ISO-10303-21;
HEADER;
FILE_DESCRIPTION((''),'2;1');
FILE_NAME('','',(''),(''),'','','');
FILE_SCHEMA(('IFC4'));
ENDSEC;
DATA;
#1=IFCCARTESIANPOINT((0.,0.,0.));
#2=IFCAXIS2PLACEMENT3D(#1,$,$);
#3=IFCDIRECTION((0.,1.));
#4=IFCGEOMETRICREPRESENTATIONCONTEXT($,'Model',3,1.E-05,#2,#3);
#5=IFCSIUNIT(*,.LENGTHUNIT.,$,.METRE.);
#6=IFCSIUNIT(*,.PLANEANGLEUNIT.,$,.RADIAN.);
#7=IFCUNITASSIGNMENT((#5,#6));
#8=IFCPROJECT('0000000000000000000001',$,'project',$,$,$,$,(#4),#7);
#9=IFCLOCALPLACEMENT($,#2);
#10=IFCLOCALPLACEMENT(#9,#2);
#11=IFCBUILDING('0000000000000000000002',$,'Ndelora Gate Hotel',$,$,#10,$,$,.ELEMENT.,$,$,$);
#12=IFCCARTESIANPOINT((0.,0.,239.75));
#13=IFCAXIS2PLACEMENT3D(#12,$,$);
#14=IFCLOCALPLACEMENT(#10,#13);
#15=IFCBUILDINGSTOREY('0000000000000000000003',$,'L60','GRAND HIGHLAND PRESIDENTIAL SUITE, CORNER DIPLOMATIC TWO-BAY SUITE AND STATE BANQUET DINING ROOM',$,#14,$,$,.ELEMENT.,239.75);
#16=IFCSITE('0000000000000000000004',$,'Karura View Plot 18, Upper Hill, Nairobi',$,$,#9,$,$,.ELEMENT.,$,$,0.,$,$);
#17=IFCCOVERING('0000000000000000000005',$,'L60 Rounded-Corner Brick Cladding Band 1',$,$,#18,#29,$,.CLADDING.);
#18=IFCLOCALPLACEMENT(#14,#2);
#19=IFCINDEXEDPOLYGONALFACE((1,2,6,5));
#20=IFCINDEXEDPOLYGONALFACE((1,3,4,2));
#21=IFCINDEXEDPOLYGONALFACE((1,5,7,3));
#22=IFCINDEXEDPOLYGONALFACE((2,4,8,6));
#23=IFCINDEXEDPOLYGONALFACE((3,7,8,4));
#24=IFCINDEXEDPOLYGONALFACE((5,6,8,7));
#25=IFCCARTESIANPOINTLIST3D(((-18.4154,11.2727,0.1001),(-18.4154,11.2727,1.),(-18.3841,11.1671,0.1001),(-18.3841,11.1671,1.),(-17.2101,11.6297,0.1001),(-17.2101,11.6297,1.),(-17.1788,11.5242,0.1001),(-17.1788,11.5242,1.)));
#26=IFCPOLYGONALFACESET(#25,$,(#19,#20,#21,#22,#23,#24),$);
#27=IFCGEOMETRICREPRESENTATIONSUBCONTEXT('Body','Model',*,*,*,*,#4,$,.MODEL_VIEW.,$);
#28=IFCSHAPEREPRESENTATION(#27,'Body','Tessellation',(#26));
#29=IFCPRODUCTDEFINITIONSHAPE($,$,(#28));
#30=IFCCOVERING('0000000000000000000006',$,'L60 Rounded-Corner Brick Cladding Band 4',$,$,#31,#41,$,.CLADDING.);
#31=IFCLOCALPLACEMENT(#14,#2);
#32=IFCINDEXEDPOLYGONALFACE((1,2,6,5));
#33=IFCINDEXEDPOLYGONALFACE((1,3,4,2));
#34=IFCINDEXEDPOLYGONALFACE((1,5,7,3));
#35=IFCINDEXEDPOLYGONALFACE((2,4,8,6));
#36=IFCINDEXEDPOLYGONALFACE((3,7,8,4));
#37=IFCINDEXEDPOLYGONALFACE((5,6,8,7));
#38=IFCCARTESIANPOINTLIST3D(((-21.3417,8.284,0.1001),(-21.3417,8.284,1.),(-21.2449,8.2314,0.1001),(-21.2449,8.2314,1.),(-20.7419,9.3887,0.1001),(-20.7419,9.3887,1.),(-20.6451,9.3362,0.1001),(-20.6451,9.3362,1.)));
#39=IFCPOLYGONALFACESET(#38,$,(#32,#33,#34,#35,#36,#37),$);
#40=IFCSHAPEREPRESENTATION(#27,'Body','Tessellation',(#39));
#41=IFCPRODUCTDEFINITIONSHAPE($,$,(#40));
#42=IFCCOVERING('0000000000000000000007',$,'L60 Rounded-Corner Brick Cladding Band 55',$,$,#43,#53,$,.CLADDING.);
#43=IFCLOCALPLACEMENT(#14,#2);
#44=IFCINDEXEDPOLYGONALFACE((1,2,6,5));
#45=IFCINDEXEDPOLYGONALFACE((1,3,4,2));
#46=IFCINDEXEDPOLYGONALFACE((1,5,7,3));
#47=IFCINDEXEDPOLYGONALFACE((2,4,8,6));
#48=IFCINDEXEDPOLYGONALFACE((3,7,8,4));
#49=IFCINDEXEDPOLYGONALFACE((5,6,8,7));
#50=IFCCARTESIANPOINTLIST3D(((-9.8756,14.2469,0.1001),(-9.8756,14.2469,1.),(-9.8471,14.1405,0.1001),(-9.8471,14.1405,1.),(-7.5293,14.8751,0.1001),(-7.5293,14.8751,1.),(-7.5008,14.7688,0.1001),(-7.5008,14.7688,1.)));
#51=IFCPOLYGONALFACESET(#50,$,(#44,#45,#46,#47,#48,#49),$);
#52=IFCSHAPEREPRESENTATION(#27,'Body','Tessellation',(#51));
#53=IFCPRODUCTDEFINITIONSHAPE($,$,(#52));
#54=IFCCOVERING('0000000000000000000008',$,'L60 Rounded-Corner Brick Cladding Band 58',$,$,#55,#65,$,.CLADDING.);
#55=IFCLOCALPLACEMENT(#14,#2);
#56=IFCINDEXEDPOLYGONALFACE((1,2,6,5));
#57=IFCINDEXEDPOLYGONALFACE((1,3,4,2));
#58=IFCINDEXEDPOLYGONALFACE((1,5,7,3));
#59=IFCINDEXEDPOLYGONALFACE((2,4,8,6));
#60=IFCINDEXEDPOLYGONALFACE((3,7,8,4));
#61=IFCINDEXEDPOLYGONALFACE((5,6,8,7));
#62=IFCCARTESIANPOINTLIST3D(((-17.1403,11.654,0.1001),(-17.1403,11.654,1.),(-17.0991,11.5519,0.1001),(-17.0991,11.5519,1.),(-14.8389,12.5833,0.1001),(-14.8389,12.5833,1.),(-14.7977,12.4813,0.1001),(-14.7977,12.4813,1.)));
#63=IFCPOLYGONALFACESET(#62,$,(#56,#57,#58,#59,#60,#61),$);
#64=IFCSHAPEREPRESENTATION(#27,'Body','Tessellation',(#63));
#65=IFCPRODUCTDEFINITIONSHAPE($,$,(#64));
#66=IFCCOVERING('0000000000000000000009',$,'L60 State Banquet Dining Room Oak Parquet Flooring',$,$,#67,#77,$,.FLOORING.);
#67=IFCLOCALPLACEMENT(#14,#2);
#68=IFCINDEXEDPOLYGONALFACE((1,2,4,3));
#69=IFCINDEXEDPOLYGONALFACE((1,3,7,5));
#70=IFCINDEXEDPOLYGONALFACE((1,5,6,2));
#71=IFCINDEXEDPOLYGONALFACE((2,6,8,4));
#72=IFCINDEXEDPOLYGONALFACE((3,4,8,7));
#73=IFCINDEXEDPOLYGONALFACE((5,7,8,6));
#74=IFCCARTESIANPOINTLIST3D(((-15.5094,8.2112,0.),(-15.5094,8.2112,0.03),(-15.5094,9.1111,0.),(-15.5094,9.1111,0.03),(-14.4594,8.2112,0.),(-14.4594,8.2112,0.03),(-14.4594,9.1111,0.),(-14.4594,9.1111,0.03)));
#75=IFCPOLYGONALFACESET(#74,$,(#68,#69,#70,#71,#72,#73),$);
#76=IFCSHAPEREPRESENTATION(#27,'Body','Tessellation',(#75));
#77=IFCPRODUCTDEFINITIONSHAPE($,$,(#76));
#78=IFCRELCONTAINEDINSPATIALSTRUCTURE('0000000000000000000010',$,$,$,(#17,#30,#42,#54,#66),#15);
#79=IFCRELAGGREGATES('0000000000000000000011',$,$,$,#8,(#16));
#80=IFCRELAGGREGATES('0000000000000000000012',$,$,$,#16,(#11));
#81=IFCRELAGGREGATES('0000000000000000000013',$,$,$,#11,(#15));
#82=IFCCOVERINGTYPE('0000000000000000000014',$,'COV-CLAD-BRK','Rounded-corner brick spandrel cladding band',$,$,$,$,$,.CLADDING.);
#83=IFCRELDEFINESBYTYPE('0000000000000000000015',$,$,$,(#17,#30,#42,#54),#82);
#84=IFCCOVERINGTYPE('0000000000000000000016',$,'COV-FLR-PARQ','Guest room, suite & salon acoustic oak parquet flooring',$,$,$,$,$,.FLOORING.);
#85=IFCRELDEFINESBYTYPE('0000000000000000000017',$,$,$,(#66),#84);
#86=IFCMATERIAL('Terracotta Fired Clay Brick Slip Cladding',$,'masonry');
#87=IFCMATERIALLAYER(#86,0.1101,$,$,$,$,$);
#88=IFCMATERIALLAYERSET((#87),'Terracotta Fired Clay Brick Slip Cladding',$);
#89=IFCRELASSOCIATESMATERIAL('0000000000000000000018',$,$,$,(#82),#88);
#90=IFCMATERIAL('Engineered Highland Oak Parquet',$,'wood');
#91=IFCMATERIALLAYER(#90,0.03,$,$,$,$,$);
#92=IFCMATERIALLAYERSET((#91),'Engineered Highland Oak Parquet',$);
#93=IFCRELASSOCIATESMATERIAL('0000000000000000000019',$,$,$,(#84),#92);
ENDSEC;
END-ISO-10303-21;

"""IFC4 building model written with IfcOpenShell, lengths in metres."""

from ifc_helpers import new_model, si_unit, direction, frame, origin, origin_2d, place, context, subcontext, project, spatial, rectangle, extrude, material, layer, layer_set, type_object, element, save


model = new_model("IFC4")

# Units and contexts
model_context = context("Model", 3, precision=1e-05, world=origin(), true_north=direction((0.0, 1.0)))
body_context = subcontext(model_context, "Body", "Model", "MODEL_VIEW")
ifc_project = project(units=[si_unit("LENGTHUNIT", "METRE"), si_unit("PLANEANGLEUNIT", "RADIAN")], contexts=[model_context])

# Site, building, storey
site_placement = place(None, origin())
site = spatial("IfcSite", under=ifc_project, at=site_placement, Name="Karura View Plot 18, Upper Hill, Nairobi", CompositionType="ELEMENT", RefElevation=0.0)
building_placement = place(site_placement, origin())
building = spatial("IfcBuilding", under=site, at=building_placement, Name="Ndelora Gate Hotel", CompositionType="ELEMENT")
storey_placement = place(building_placement, frame((0.0, 0.0, 239.75)))
storey = spatial("IfcBuildingStorey", under=building, at=storey_placement, Name="L60", Description="GRAND HIGHLAND PRESIDENTIAL SUITE, CORNER DIPLOMATIC TWO-BAY SUITE AND STATE BANQUET DINING ROOM", CompositionType="ELEMENT", Elevation=239.75)

# Coverings
ifc_material_1 = material(Name="Terracotta Fired Clay Brick Slip Cladding", Category="masonry")
ifc_layer_1 = layer(ifc_material_1, 0.1101)
ifc_layer_set_1 = layer_set([ifc_layer_1], Name="Terracotta Fired Clay Brick Slip Cladding")
covering_type_1 = type_object("IfcCoveringType", Name="COV-CLAD-BRK", Description="Rounded-corner brick spandrel cladding band", PredefinedType="CLADDING", material=ifc_layer_set_1)
for number, where, z_axis, x_axis, name in (
    (1, (-17.7971, 11.3984, 0.1001), (0.0, 0.0, 1.0), (0.95882, 0.284015, 0.0), "L60 Rounded-Corner Brick Cladding Band 1"),
    (2, (-20.9934, 8.8101, 0.1001), (0.0, 0.0, 1.0), (0.477159, 0.878817, 0.0), "L60 Rounded-Corner Brick Cladding Band 4"),
):
    element("IfcCovering", number, at=place(storey_placement, frame(where, z_axis=z_axis, x_axis=x_axis)), inside=storey, type_object=covering_type_1, Name=name, PredefinedType="CLADDING", context=body_context, shape_type="SweptSolid", body=[
        extrude(rectangle(XDim=1.2571, YDim=0.1101, at=origin_2d()), origin(), (0.0, 0.0, 1.0), 0.8999),
    ])
covering_1_placement = place(storey_placement, frame((-8.6882, 14.5078, 0.1001), z_axis=(0.0, 0.0, 1.0), x_axis=(0.965971, 0.25865, 0.0)))
element("IfcCovering", 3, at=covering_1_placement, inside=storey, type_object=covering_type_1, Name="L60 Rounded-Corner Brick Cladding Band 55", PredefinedType="CLADDING", context=body_context, shape_type="SweptSolid", body=[
    extrude(rectangle(XDim=2.429, YDim=0.1101, at=origin_2d()), origin(), (0.0, 0.0, 1.0), 0.8999),
])
covering_2_placement = place(storey_placement, frame((-15.969, 12.0676, 0.1001), z_axis=(0.0, 0.0, 1.0), x_axis=(0.927249, 0.374445, 0.0)))
element("IfcCovering", 4, at=covering_2_placement, inside=storey, type_object=covering_type_1, Name="L60 Rounded-Corner Brick Cladding Band 58", PredefinedType="CLADDING", context=body_context, shape_type="SweptSolid", body=[
    extrude(rectangle(XDim=2.4819, YDim=0.1101, at=origin_2d()), origin(), (0.0, 0.0, 1.0), 0.8999),
])
ifc_material_2 = material(Name="Engineered Highland Oak Parquet", Category="wood")
ifc_layer_2 = layer(ifc_material_2, 0.03)
ifc_layer_set_2 = layer_set([ifc_layer_2], Name="Engineered Highland Oak Parquet")
covering_type_2 = type_object("IfcCoveringType", Name="COV-FLR-PARQ", Description="Guest room, suite & salon acoustic oak parquet flooring", PredefinedType="FLOORING", material=ifc_layer_set_2)
covering_3_placement = place(storey_placement, frame((-14.9844, 8.6611, 0.0), z_axis=(0.0, 0.0, 1.0), x_axis=(1.0, 0.0, 0.0)))
element("IfcCovering", 5, at=covering_3_placement, inside=storey, type_object=covering_type_2, Name="L60 State Banquet Dining Room Oak Parquet Flooring", PredefinedType="FLOORING", context=body_context, shape_type="SweptSolid", body=[
    extrude(rectangle(XDim=1.05, YDim=0.8999, at=origin_2d()), origin(), (0.0, 0.0, 1.0), 0.03),
])

save(model, "model.ifc")
